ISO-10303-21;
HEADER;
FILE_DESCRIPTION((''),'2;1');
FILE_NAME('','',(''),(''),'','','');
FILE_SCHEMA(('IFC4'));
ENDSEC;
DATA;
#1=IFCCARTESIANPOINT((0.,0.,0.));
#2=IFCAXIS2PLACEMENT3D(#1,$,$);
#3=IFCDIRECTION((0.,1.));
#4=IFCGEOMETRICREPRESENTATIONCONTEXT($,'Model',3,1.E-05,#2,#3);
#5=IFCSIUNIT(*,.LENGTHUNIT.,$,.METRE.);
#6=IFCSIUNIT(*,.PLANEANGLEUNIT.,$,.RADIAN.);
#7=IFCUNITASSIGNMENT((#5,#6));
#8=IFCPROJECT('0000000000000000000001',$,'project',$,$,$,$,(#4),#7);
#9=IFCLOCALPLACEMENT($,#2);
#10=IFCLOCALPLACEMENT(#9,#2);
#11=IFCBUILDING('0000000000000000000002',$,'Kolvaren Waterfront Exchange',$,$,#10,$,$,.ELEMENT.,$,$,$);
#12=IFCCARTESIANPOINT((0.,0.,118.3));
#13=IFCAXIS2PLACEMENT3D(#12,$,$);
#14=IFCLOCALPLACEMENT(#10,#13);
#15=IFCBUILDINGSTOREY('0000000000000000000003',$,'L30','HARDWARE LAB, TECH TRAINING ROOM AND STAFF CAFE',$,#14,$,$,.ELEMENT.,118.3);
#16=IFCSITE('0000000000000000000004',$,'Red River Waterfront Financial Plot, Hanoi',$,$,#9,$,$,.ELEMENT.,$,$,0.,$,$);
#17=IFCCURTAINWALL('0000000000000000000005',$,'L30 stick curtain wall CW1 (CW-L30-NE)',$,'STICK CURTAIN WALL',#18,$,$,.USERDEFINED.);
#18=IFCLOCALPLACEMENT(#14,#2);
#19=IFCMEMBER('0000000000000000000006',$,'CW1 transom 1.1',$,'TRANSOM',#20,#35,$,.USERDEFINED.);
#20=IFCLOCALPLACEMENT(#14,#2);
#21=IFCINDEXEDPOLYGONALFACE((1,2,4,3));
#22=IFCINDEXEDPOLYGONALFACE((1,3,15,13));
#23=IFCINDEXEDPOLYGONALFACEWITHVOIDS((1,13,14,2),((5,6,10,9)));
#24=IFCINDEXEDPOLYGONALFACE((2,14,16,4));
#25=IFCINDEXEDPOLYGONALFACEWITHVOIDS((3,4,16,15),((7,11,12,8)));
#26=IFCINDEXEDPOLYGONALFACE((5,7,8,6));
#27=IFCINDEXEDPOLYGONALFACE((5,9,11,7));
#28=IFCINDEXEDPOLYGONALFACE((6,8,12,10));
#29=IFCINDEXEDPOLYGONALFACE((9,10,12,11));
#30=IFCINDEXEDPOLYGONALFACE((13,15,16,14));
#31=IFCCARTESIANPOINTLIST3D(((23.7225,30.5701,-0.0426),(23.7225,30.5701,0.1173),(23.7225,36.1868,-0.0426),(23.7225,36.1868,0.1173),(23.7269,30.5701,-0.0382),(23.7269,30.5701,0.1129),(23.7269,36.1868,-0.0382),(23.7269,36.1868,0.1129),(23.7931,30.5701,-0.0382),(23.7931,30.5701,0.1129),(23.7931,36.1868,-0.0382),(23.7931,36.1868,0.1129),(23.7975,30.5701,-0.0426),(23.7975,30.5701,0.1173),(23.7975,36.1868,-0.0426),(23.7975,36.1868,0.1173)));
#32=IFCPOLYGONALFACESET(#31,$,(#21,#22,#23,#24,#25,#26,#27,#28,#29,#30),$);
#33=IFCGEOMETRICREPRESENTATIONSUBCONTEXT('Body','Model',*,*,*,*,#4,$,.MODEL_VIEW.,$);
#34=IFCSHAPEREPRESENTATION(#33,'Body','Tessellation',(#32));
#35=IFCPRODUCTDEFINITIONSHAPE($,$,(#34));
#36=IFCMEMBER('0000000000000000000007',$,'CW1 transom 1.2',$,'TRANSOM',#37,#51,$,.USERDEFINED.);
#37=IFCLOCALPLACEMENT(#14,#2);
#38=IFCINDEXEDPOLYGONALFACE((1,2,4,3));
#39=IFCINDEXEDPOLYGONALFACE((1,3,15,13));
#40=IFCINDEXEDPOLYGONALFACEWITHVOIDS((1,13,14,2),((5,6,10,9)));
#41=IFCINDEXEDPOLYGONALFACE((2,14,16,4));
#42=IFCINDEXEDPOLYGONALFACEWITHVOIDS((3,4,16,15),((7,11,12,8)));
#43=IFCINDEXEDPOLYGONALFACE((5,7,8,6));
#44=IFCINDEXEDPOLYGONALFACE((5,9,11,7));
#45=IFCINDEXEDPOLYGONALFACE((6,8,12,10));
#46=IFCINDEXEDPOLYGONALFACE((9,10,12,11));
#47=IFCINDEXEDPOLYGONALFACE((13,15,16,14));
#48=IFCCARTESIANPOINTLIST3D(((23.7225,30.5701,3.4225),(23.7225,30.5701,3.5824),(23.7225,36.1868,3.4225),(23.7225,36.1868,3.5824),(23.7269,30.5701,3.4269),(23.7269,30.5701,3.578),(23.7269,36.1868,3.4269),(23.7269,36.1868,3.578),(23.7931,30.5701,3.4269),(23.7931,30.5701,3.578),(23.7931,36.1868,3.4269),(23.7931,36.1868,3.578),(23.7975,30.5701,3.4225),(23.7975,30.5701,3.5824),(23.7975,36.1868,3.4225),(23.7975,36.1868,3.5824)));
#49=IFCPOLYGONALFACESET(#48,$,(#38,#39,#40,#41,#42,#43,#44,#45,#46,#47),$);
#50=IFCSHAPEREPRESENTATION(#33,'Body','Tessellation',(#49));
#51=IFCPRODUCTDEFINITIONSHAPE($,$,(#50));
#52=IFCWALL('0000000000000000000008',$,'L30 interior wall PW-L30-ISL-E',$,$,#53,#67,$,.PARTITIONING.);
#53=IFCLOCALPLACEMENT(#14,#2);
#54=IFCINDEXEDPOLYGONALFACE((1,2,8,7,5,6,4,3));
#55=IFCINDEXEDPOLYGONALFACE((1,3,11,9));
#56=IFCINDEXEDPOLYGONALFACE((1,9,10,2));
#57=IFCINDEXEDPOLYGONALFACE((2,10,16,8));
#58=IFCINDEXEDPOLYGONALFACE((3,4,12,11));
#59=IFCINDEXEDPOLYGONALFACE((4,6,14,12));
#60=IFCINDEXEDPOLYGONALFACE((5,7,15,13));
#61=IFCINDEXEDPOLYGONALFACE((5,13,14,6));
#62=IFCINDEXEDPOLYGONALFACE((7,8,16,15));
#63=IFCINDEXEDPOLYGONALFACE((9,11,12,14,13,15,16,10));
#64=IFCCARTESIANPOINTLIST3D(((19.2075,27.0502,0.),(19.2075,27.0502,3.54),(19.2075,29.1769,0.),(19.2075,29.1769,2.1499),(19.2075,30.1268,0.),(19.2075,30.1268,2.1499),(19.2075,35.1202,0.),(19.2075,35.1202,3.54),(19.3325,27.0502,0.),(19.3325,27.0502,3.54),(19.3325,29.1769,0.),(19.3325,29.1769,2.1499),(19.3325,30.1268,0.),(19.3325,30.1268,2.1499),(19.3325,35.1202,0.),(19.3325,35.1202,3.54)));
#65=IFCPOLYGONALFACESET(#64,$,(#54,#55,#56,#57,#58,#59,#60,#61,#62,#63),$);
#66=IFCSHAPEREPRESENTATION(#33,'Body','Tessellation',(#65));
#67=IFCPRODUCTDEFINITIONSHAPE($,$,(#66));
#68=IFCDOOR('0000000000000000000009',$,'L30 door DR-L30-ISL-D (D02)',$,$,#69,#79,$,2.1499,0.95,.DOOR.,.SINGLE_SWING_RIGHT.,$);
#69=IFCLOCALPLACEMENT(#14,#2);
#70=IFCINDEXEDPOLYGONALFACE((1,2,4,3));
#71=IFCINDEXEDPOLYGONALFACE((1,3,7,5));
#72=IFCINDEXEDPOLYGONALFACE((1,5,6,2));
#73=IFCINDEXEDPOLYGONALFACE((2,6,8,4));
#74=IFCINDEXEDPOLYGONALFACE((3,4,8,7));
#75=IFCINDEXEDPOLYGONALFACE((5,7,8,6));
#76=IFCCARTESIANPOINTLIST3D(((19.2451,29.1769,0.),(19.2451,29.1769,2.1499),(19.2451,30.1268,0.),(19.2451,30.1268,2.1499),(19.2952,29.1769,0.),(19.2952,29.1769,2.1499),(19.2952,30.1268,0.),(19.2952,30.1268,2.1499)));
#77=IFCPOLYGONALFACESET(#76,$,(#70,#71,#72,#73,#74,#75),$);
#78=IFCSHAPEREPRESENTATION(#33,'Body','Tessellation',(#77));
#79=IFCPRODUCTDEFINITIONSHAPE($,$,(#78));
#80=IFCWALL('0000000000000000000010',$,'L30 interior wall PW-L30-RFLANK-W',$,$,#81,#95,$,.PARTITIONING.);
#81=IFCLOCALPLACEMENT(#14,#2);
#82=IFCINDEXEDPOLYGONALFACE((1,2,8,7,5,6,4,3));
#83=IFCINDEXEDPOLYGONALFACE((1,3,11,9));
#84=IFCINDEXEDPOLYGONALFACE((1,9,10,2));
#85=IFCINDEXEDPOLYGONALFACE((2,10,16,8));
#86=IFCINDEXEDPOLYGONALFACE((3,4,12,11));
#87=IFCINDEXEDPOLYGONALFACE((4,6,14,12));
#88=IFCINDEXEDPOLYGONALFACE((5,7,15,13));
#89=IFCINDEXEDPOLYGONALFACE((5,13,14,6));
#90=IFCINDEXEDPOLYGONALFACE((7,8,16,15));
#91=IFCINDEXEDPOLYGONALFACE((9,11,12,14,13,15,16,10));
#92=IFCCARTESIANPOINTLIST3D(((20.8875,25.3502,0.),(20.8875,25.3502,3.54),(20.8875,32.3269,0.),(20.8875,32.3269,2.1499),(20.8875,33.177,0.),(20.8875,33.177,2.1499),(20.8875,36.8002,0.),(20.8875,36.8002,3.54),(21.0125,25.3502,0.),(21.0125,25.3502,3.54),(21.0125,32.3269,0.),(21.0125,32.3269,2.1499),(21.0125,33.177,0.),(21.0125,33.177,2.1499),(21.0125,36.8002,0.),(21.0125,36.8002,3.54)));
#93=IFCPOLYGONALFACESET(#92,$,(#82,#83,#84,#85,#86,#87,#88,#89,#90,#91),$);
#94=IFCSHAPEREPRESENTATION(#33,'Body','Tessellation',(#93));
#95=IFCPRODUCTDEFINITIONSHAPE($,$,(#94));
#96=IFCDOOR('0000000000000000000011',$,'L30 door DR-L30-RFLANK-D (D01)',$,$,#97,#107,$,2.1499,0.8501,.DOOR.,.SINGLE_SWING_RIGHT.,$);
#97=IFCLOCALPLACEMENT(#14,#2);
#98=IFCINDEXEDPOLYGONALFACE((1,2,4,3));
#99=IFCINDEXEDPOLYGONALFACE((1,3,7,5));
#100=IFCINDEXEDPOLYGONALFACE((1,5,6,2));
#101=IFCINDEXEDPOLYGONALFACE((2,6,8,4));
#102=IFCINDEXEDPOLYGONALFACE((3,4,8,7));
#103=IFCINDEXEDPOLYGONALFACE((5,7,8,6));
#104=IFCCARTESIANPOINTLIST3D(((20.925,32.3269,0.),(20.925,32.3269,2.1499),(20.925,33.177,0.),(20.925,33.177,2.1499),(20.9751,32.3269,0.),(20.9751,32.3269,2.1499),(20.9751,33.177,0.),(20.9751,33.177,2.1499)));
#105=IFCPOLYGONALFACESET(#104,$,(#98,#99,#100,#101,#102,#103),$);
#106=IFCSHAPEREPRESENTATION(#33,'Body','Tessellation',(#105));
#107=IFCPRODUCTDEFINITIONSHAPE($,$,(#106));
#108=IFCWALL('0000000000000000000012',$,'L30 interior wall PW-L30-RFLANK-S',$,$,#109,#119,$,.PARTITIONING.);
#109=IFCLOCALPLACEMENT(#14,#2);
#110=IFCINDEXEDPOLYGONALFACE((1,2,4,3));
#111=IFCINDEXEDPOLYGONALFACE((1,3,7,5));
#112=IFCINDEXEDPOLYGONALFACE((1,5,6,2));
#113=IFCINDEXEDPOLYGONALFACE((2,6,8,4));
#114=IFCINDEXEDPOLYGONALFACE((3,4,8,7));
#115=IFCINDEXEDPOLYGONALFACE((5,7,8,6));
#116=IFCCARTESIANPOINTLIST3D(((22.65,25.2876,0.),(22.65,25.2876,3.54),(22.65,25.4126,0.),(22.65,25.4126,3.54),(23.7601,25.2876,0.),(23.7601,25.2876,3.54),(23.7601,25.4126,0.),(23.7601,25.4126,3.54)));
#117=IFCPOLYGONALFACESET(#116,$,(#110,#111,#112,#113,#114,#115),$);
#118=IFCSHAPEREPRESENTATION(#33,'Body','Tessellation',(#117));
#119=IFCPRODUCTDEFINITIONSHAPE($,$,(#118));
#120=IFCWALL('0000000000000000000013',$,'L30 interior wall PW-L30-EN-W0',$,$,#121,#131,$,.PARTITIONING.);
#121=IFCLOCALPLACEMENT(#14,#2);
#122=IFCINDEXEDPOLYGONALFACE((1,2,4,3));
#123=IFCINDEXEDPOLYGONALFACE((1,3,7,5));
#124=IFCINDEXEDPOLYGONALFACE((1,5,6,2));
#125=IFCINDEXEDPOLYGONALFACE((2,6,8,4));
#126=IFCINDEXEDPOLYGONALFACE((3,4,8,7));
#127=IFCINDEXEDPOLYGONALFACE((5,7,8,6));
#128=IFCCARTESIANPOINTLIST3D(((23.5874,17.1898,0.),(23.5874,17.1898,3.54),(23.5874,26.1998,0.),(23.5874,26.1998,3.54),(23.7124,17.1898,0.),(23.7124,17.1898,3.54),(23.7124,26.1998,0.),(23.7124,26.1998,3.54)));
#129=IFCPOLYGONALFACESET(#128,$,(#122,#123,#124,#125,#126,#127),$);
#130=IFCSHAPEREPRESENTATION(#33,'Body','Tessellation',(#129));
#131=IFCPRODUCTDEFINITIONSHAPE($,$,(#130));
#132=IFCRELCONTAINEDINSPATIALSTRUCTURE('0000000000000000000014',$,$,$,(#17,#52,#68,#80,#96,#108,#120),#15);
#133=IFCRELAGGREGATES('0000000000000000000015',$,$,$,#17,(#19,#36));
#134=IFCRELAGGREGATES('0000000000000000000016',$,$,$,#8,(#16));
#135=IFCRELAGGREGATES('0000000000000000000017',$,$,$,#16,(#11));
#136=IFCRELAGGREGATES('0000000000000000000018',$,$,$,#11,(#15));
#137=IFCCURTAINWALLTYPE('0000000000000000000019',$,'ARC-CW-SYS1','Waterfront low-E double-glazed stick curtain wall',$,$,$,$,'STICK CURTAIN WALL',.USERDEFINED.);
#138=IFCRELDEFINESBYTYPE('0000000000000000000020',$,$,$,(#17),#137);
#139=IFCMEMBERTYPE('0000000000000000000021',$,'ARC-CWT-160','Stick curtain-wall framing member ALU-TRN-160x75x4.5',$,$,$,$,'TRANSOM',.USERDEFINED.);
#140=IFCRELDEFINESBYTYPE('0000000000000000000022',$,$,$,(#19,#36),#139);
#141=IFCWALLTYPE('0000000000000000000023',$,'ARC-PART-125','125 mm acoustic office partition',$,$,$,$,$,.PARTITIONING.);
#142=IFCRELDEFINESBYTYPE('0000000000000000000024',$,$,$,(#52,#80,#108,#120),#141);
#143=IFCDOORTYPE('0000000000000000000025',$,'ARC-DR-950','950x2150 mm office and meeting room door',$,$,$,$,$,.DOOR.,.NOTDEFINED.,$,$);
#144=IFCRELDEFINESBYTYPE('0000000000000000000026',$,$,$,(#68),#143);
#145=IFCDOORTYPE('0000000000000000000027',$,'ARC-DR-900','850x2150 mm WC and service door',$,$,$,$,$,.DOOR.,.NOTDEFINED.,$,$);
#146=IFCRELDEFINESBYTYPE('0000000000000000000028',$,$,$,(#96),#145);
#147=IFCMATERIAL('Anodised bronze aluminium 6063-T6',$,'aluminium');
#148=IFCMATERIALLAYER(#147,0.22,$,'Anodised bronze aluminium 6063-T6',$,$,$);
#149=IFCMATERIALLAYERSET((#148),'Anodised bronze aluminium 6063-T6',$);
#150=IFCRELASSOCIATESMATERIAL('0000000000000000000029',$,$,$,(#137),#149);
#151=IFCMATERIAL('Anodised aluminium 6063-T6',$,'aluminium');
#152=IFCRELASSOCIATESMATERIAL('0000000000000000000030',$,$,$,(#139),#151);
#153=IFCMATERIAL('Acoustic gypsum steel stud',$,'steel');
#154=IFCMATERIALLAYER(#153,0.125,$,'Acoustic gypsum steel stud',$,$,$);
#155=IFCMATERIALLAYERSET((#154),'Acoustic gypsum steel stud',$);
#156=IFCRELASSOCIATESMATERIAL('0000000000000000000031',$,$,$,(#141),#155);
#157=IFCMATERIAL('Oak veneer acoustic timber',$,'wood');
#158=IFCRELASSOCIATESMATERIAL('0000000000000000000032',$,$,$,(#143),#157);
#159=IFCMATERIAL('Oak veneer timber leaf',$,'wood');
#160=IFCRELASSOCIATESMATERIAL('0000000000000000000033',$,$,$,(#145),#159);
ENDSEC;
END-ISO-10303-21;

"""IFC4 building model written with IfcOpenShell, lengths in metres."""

from ifc_helpers import new_model, si_unit, direction, frame, frame_2d, origin, origin_with_axes, origin_2d, place, context, subcontext, project, spatial, rectangle, hollow_rectangle, extrude, source, transform, mapped, material, layer, layer_set, material_profile, profile_set, type_object, element, fill, aggregate, save


model = new_model("IFC4")

# Units and contexts
model_context = context("Model", 3, precision=1e-05, world=origin(), true_north=direction((0.0, 1.0)))
body_context = subcontext(model_context, "Body", "Model", "MODEL_VIEW")
ifc_project = project(units=[si_unit("LENGTHUNIT", "METRE"), si_unit("PLANEANGLEUNIT", "RADIAN")], contexts=[model_context])

# Site, building, storey
site_placement = place(None, origin())
site = spatial("IfcSite", under=ifc_project, at=site_placement, Name="Red River Waterfront Financial Plot, Hanoi", CompositionType="ELEMENT", RefElevation=0.0)
building_placement = place(site_placement, origin())
building = spatial("IfcBuilding", under=site, at=building_placement, Name="Kolvaren Waterfront Exchange", CompositionType="ELEMENT")
storey_placement = place(building_placement, frame((0.0, 0.0, 118.3)))
storey = spatial("IfcBuildingStorey", under=building, at=storey_placement, Name="L30", Description="HARDWARE LAB, TECH TRAINING ROOM AND STAFF CAFE", CompositionType="ELEMENT", Elevation=118.3)

# Curtain wall, members
ifc_material_1 = material(Name="Anodised bronze aluminium 6063-T6", Category="aluminium")
ifc_layer_1 = layer(ifc_material_1, 0.22, Name="Anodised bronze aluminium 6063-T6")
ifc_layer_set_1 = layer_set([ifc_layer_1], Name="Anodised bronze aluminium 6063-T6")
curtain_wall_type = type_object("IfcCurtainWallType", Name="ARC-CW-SYS1", Description="Waterfront low-E double-glazed stick curtain wall", ElementType="STICK CURTAIN WALL", PredefinedType="USERDEFINED", material=ifc_layer_set_1)
curtain_wall_placement = place(storey_placement, origin())
curtain_wall = element("IfcCurtainWall", 1, at=curtain_wall_placement, inside=storey, type_object=curtain_wall_type, Name="L30 stick curtain wall CW1 (CW-L30-NE)", ObjectType="STICK CURTAIN WALL", PredefinedType="USERDEFINED")
ifc_material_2 = material(Name="Anodised aluminium 6063-T6", Category="aluminium")
ifc_material_profile_1 = material_profile(ifc_material_2, hollow_rectangle(XDim=0.075, YDim=0.1599, WallThickness=0.0044, at=origin_2d()), Name="ALU-TRN-160x75x4.5")
ifc_profile_set_1 = profile_set([ifc_material_profile_1], Name="Anodised aluminium 6063-T6")
member_type_1 = type_object("IfcMemberType", Name="ARC-CWT-160", Description="Stick curtain-wall framing member ALU-TRN-160x75x4.5", ElementType="TRANSOM", PredefinedType="USERDEFINED", material=ifc_profile_set_1)
shared_shape_1 = source(origin_with_axes(), body_context, "Body", "SweptSolid", [
    extrude(hollow_rectangle(XDim=0.075, YDim=0.1599, WallThickness=0.0044, at=origin_2d()), origin(), (0.0, 0.0, 1.0), 5.6167),
])
member_1_placement = place(storey_placement, frame((23.76, 30.5701, 0.0374), z_axis=(0.0, 1.0, 0.0), x_axis=(-1.0, 0.0, 0.0)))
member_1 = element("IfcMember", 2, at=member_1_placement, type_object=member_type_1, Name="CW1 transom 1.1", ObjectType="TRANSOM", PredefinedType="USERDEFINED", context=body_context, shape_type="MappedRepresentation", body=[
    mapped(shared_shape_1, transform((0.0, 0.0, 0.0), x_axis=(1.0, 0.0, 0.0), y_axis=(0.0, 1.0, 0.0), z_axis=(0.0, 0.0, 1.0), scale=1.0)),
])
member_2_placement = place(storey_placement, frame((23.76, 30.5701, 3.5024), z_axis=(0.0, 1.0, 0.0), x_axis=(-1.0, 0.0, 0.0)))
member_2 = element("IfcMember", 3, at=member_2_placement, type_object=member_type_1, Name="CW1 transom 1.2", ObjectType="TRANSOM", PredefinedType="USERDEFINED", context=body_context, shape_type="MappedRepresentation", body=[
    mapped(shared_shape_1, transform((0.0, 0.0, 0.0), x_axis=(1.0, 0.0, 0.0), y_axis=(0.0, 1.0, 0.0), z_axis=(0.0, 0.0, 1.0), scale=1.0)),
])
aggregate(curtain_wall, [member_1, member_2])

# Walls, openings, doors
ifc_material_3 = material(Name="Acoustic gypsum steel stud", Category="steel")
ifc_layer_2 = layer(ifc_material_3, 0.125, Name="Acoustic gypsum steel stud")
ifc_layer_set_2 = layer_set([ifc_layer_2], Name="Acoustic gypsum steel stud")
wall_type_1 = type_object("IfcWallType", Name="ARC-PART-125", Description="125 mm acoustic office partition", PredefinedType="PARTITIONING", material=ifc_layer_set_2)
wall_1_placement = place(storey_placement, frame((19.27, 27.05, 0.0), z_axis=(0.0, 0.0, 1.0), x_axis=(0.0, 1.0, 0.0)))
wall_1 = element("IfcWall", 4, at=wall_1_placement, inside=storey, type_object=wall_type_1, Name="L30 interior wall PW-L30-ISL-E", PredefinedType="PARTITIONING", context=body_context, shape_type="SweptSolid", body=[
    extrude(rectangle(XDim=8.0701, YDim=0.125, at=frame_2d((4.0352, 0.0))), origin(), (0.0, 0.0, 1.0), 3.54),
])
opening_1_placement = place(wall_1_placement, frame((2.1267, 0.0, 0.0)))
opening_1 = element("IfcOpeningElement", 5, at=opening_1_placement, cuts=wall_1, PredefinedType="OPENING", context=body_context, shape_type="SweptSolid", body=[
    extrude(rectangle(XDim=0.95, YDim=2.1499, at=frame_2d((0.4751, 1.075))), frame((0.0, 0.0725, 0.0), z_axis=(0.0, -1.0, 0.0), x_axis=(1.0, 0.0, 0.0)), (0.0, 0.0, 1.0), 0.145),
])
ifc_material_4 = material(Name="Oak veneer acoustic timber", Category="wood")
door_type_1 = type_object("IfcDoorType", Name="ARC-DR-950", Description="950x2150 mm office and meeting room door", OperationType="NOTDEFINED", PredefinedType="DOOR", material=ifc_material_4)
door_1_placement = place(opening_1_placement, origin())
door_1 = element("IfcDoor", 6, at=door_1_placement, inside=storey, type_object=door_type_1, Name="L30 door DR-L30-ISL-D (D02)", OperationType="SINGLE_SWING_RIGHT", OverallHeight=2.1499, OverallWidth=0.95, PredefinedType="DOOR", context=body_context, shape_type="SweptSolid", body=[
    extrude(rectangle(XDim=0.95, YDim=2.1499, at=frame_2d((0.4751, 1.075))), frame((0.0, 0.0249, 0.0), z_axis=(0.0, -1.0, 0.0), x_axis=(1.0, 0.0, 0.0)), (0.0, 0.0, 1.0), 0.05),
])
fill(opening_1, door_1)
wall_2_placement = place(storey_placement, frame((20.95, 25.3501, 0.0), z_axis=(0.0, 0.0, 1.0), x_axis=(0.0, 1.0, 0.0)))
wall_2 = element("IfcWall", 7, at=wall_2_placement, inside=storey, type_object=wall_type_1, Name="L30 interior wall PW-L30-RFLANK-W", PredefinedType="PARTITIONING", context=body_context, shape_type="SweptSolid", body=[
    extrude(rectangle(XDim=11.45, YDim=0.125, at=frame_2d((5.7251, 0.0))), origin(), (0.0, 0.0, 1.0), 3.54),
])
opening_2_placement = place(wall_2_placement, frame((6.9768, 0.0, 0.0)))
opening_2 = element("IfcOpeningElement", 8, at=opening_2_placement, cuts=wall_2, PredefinedType="OPENING", context=body_context, shape_type="SweptSolid", body=[
    extrude(rectangle(XDim=0.8501, YDim=2.1499, at=frame_2d((0.425, 1.075))), frame((0.0, 0.0725, 0.0), z_axis=(0.0, -1.0, 0.0), x_axis=(1.0, 0.0, 0.0)), (0.0, 0.0, 1.0), 0.145),
])
ifc_material_5 = material(Name="Oak veneer timber leaf", Category="wood")
door_type_2 = type_object("IfcDoorType", Name="ARC-DR-900", Description="850x2150 mm WC and service door", OperationType="NOTDEFINED", PredefinedType="DOOR", material=ifc_material_5)
door_2_placement = place(opening_2_placement, origin())
door_2 = element("IfcDoor", 9, at=door_2_placement, inside=storey, type_object=door_type_2, Name="L30 door DR-L30-RFLANK-D (D01)", OperationType="SINGLE_SWING_RIGHT", OverallHeight=2.1499, OverallWidth=0.8501, PredefinedType="DOOR", context=body_context, shape_type="SweptSolid", body=[
    extrude(rectangle(XDim=0.8501, YDim=2.1499, at=frame_2d((0.425, 1.075))), frame((0.0, 0.0249, 0.0), z_axis=(0.0, -1.0, 0.0), x_axis=(1.0, 0.0, 0.0)), (0.0, 0.0, 1.0), 0.05),
])
fill(opening_2, door_2)

# Walls
wall_3_placement = place(storey_placement, frame((22.6499, 25.3501, 0.0), z_axis=(0.0, 0.0, 1.0), x_axis=(1.0, 0.0, 0.0)))
element("IfcWall", 10, at=wall_3_placement, inside=storey, type_object=wall_type_1, Name="L30 interior wall PW-L30-RFLANK-S", PredefinedType="PARTITIONING", context=body_context, shape_type="SweptSolid", body=[
    extrude(rectangle(XDim=1.1101, YDim=0.125, at=frame_2d((0.5552, 0.0))), origin(), (0.0, 0.0, 1.0), 3.54),
])
wall_4_placement = place(storey_placement, frame((23.6499, 17.1899, 0.0), z_axis=(0.0, 0.0, 1.0), x_axis=(0.0, 1.0, 0.0)))
element("IfcWall", 11, at=wall_4_placement, inside=storey, type_object=wall_type_1, Name="L30 interior wall PW-L30-EN-W0", PredefinedType="PARTITIONING", context=body_context, shape_type="SweptSolid", body=[
    extrude(rectangle(XDim=9.01, YDim=0.125, at=frame_2d((4.5049, 0.0))), origin(), (0.0, 0.0, 1.0), 3.54),
])

save(model, "model.ifc")
